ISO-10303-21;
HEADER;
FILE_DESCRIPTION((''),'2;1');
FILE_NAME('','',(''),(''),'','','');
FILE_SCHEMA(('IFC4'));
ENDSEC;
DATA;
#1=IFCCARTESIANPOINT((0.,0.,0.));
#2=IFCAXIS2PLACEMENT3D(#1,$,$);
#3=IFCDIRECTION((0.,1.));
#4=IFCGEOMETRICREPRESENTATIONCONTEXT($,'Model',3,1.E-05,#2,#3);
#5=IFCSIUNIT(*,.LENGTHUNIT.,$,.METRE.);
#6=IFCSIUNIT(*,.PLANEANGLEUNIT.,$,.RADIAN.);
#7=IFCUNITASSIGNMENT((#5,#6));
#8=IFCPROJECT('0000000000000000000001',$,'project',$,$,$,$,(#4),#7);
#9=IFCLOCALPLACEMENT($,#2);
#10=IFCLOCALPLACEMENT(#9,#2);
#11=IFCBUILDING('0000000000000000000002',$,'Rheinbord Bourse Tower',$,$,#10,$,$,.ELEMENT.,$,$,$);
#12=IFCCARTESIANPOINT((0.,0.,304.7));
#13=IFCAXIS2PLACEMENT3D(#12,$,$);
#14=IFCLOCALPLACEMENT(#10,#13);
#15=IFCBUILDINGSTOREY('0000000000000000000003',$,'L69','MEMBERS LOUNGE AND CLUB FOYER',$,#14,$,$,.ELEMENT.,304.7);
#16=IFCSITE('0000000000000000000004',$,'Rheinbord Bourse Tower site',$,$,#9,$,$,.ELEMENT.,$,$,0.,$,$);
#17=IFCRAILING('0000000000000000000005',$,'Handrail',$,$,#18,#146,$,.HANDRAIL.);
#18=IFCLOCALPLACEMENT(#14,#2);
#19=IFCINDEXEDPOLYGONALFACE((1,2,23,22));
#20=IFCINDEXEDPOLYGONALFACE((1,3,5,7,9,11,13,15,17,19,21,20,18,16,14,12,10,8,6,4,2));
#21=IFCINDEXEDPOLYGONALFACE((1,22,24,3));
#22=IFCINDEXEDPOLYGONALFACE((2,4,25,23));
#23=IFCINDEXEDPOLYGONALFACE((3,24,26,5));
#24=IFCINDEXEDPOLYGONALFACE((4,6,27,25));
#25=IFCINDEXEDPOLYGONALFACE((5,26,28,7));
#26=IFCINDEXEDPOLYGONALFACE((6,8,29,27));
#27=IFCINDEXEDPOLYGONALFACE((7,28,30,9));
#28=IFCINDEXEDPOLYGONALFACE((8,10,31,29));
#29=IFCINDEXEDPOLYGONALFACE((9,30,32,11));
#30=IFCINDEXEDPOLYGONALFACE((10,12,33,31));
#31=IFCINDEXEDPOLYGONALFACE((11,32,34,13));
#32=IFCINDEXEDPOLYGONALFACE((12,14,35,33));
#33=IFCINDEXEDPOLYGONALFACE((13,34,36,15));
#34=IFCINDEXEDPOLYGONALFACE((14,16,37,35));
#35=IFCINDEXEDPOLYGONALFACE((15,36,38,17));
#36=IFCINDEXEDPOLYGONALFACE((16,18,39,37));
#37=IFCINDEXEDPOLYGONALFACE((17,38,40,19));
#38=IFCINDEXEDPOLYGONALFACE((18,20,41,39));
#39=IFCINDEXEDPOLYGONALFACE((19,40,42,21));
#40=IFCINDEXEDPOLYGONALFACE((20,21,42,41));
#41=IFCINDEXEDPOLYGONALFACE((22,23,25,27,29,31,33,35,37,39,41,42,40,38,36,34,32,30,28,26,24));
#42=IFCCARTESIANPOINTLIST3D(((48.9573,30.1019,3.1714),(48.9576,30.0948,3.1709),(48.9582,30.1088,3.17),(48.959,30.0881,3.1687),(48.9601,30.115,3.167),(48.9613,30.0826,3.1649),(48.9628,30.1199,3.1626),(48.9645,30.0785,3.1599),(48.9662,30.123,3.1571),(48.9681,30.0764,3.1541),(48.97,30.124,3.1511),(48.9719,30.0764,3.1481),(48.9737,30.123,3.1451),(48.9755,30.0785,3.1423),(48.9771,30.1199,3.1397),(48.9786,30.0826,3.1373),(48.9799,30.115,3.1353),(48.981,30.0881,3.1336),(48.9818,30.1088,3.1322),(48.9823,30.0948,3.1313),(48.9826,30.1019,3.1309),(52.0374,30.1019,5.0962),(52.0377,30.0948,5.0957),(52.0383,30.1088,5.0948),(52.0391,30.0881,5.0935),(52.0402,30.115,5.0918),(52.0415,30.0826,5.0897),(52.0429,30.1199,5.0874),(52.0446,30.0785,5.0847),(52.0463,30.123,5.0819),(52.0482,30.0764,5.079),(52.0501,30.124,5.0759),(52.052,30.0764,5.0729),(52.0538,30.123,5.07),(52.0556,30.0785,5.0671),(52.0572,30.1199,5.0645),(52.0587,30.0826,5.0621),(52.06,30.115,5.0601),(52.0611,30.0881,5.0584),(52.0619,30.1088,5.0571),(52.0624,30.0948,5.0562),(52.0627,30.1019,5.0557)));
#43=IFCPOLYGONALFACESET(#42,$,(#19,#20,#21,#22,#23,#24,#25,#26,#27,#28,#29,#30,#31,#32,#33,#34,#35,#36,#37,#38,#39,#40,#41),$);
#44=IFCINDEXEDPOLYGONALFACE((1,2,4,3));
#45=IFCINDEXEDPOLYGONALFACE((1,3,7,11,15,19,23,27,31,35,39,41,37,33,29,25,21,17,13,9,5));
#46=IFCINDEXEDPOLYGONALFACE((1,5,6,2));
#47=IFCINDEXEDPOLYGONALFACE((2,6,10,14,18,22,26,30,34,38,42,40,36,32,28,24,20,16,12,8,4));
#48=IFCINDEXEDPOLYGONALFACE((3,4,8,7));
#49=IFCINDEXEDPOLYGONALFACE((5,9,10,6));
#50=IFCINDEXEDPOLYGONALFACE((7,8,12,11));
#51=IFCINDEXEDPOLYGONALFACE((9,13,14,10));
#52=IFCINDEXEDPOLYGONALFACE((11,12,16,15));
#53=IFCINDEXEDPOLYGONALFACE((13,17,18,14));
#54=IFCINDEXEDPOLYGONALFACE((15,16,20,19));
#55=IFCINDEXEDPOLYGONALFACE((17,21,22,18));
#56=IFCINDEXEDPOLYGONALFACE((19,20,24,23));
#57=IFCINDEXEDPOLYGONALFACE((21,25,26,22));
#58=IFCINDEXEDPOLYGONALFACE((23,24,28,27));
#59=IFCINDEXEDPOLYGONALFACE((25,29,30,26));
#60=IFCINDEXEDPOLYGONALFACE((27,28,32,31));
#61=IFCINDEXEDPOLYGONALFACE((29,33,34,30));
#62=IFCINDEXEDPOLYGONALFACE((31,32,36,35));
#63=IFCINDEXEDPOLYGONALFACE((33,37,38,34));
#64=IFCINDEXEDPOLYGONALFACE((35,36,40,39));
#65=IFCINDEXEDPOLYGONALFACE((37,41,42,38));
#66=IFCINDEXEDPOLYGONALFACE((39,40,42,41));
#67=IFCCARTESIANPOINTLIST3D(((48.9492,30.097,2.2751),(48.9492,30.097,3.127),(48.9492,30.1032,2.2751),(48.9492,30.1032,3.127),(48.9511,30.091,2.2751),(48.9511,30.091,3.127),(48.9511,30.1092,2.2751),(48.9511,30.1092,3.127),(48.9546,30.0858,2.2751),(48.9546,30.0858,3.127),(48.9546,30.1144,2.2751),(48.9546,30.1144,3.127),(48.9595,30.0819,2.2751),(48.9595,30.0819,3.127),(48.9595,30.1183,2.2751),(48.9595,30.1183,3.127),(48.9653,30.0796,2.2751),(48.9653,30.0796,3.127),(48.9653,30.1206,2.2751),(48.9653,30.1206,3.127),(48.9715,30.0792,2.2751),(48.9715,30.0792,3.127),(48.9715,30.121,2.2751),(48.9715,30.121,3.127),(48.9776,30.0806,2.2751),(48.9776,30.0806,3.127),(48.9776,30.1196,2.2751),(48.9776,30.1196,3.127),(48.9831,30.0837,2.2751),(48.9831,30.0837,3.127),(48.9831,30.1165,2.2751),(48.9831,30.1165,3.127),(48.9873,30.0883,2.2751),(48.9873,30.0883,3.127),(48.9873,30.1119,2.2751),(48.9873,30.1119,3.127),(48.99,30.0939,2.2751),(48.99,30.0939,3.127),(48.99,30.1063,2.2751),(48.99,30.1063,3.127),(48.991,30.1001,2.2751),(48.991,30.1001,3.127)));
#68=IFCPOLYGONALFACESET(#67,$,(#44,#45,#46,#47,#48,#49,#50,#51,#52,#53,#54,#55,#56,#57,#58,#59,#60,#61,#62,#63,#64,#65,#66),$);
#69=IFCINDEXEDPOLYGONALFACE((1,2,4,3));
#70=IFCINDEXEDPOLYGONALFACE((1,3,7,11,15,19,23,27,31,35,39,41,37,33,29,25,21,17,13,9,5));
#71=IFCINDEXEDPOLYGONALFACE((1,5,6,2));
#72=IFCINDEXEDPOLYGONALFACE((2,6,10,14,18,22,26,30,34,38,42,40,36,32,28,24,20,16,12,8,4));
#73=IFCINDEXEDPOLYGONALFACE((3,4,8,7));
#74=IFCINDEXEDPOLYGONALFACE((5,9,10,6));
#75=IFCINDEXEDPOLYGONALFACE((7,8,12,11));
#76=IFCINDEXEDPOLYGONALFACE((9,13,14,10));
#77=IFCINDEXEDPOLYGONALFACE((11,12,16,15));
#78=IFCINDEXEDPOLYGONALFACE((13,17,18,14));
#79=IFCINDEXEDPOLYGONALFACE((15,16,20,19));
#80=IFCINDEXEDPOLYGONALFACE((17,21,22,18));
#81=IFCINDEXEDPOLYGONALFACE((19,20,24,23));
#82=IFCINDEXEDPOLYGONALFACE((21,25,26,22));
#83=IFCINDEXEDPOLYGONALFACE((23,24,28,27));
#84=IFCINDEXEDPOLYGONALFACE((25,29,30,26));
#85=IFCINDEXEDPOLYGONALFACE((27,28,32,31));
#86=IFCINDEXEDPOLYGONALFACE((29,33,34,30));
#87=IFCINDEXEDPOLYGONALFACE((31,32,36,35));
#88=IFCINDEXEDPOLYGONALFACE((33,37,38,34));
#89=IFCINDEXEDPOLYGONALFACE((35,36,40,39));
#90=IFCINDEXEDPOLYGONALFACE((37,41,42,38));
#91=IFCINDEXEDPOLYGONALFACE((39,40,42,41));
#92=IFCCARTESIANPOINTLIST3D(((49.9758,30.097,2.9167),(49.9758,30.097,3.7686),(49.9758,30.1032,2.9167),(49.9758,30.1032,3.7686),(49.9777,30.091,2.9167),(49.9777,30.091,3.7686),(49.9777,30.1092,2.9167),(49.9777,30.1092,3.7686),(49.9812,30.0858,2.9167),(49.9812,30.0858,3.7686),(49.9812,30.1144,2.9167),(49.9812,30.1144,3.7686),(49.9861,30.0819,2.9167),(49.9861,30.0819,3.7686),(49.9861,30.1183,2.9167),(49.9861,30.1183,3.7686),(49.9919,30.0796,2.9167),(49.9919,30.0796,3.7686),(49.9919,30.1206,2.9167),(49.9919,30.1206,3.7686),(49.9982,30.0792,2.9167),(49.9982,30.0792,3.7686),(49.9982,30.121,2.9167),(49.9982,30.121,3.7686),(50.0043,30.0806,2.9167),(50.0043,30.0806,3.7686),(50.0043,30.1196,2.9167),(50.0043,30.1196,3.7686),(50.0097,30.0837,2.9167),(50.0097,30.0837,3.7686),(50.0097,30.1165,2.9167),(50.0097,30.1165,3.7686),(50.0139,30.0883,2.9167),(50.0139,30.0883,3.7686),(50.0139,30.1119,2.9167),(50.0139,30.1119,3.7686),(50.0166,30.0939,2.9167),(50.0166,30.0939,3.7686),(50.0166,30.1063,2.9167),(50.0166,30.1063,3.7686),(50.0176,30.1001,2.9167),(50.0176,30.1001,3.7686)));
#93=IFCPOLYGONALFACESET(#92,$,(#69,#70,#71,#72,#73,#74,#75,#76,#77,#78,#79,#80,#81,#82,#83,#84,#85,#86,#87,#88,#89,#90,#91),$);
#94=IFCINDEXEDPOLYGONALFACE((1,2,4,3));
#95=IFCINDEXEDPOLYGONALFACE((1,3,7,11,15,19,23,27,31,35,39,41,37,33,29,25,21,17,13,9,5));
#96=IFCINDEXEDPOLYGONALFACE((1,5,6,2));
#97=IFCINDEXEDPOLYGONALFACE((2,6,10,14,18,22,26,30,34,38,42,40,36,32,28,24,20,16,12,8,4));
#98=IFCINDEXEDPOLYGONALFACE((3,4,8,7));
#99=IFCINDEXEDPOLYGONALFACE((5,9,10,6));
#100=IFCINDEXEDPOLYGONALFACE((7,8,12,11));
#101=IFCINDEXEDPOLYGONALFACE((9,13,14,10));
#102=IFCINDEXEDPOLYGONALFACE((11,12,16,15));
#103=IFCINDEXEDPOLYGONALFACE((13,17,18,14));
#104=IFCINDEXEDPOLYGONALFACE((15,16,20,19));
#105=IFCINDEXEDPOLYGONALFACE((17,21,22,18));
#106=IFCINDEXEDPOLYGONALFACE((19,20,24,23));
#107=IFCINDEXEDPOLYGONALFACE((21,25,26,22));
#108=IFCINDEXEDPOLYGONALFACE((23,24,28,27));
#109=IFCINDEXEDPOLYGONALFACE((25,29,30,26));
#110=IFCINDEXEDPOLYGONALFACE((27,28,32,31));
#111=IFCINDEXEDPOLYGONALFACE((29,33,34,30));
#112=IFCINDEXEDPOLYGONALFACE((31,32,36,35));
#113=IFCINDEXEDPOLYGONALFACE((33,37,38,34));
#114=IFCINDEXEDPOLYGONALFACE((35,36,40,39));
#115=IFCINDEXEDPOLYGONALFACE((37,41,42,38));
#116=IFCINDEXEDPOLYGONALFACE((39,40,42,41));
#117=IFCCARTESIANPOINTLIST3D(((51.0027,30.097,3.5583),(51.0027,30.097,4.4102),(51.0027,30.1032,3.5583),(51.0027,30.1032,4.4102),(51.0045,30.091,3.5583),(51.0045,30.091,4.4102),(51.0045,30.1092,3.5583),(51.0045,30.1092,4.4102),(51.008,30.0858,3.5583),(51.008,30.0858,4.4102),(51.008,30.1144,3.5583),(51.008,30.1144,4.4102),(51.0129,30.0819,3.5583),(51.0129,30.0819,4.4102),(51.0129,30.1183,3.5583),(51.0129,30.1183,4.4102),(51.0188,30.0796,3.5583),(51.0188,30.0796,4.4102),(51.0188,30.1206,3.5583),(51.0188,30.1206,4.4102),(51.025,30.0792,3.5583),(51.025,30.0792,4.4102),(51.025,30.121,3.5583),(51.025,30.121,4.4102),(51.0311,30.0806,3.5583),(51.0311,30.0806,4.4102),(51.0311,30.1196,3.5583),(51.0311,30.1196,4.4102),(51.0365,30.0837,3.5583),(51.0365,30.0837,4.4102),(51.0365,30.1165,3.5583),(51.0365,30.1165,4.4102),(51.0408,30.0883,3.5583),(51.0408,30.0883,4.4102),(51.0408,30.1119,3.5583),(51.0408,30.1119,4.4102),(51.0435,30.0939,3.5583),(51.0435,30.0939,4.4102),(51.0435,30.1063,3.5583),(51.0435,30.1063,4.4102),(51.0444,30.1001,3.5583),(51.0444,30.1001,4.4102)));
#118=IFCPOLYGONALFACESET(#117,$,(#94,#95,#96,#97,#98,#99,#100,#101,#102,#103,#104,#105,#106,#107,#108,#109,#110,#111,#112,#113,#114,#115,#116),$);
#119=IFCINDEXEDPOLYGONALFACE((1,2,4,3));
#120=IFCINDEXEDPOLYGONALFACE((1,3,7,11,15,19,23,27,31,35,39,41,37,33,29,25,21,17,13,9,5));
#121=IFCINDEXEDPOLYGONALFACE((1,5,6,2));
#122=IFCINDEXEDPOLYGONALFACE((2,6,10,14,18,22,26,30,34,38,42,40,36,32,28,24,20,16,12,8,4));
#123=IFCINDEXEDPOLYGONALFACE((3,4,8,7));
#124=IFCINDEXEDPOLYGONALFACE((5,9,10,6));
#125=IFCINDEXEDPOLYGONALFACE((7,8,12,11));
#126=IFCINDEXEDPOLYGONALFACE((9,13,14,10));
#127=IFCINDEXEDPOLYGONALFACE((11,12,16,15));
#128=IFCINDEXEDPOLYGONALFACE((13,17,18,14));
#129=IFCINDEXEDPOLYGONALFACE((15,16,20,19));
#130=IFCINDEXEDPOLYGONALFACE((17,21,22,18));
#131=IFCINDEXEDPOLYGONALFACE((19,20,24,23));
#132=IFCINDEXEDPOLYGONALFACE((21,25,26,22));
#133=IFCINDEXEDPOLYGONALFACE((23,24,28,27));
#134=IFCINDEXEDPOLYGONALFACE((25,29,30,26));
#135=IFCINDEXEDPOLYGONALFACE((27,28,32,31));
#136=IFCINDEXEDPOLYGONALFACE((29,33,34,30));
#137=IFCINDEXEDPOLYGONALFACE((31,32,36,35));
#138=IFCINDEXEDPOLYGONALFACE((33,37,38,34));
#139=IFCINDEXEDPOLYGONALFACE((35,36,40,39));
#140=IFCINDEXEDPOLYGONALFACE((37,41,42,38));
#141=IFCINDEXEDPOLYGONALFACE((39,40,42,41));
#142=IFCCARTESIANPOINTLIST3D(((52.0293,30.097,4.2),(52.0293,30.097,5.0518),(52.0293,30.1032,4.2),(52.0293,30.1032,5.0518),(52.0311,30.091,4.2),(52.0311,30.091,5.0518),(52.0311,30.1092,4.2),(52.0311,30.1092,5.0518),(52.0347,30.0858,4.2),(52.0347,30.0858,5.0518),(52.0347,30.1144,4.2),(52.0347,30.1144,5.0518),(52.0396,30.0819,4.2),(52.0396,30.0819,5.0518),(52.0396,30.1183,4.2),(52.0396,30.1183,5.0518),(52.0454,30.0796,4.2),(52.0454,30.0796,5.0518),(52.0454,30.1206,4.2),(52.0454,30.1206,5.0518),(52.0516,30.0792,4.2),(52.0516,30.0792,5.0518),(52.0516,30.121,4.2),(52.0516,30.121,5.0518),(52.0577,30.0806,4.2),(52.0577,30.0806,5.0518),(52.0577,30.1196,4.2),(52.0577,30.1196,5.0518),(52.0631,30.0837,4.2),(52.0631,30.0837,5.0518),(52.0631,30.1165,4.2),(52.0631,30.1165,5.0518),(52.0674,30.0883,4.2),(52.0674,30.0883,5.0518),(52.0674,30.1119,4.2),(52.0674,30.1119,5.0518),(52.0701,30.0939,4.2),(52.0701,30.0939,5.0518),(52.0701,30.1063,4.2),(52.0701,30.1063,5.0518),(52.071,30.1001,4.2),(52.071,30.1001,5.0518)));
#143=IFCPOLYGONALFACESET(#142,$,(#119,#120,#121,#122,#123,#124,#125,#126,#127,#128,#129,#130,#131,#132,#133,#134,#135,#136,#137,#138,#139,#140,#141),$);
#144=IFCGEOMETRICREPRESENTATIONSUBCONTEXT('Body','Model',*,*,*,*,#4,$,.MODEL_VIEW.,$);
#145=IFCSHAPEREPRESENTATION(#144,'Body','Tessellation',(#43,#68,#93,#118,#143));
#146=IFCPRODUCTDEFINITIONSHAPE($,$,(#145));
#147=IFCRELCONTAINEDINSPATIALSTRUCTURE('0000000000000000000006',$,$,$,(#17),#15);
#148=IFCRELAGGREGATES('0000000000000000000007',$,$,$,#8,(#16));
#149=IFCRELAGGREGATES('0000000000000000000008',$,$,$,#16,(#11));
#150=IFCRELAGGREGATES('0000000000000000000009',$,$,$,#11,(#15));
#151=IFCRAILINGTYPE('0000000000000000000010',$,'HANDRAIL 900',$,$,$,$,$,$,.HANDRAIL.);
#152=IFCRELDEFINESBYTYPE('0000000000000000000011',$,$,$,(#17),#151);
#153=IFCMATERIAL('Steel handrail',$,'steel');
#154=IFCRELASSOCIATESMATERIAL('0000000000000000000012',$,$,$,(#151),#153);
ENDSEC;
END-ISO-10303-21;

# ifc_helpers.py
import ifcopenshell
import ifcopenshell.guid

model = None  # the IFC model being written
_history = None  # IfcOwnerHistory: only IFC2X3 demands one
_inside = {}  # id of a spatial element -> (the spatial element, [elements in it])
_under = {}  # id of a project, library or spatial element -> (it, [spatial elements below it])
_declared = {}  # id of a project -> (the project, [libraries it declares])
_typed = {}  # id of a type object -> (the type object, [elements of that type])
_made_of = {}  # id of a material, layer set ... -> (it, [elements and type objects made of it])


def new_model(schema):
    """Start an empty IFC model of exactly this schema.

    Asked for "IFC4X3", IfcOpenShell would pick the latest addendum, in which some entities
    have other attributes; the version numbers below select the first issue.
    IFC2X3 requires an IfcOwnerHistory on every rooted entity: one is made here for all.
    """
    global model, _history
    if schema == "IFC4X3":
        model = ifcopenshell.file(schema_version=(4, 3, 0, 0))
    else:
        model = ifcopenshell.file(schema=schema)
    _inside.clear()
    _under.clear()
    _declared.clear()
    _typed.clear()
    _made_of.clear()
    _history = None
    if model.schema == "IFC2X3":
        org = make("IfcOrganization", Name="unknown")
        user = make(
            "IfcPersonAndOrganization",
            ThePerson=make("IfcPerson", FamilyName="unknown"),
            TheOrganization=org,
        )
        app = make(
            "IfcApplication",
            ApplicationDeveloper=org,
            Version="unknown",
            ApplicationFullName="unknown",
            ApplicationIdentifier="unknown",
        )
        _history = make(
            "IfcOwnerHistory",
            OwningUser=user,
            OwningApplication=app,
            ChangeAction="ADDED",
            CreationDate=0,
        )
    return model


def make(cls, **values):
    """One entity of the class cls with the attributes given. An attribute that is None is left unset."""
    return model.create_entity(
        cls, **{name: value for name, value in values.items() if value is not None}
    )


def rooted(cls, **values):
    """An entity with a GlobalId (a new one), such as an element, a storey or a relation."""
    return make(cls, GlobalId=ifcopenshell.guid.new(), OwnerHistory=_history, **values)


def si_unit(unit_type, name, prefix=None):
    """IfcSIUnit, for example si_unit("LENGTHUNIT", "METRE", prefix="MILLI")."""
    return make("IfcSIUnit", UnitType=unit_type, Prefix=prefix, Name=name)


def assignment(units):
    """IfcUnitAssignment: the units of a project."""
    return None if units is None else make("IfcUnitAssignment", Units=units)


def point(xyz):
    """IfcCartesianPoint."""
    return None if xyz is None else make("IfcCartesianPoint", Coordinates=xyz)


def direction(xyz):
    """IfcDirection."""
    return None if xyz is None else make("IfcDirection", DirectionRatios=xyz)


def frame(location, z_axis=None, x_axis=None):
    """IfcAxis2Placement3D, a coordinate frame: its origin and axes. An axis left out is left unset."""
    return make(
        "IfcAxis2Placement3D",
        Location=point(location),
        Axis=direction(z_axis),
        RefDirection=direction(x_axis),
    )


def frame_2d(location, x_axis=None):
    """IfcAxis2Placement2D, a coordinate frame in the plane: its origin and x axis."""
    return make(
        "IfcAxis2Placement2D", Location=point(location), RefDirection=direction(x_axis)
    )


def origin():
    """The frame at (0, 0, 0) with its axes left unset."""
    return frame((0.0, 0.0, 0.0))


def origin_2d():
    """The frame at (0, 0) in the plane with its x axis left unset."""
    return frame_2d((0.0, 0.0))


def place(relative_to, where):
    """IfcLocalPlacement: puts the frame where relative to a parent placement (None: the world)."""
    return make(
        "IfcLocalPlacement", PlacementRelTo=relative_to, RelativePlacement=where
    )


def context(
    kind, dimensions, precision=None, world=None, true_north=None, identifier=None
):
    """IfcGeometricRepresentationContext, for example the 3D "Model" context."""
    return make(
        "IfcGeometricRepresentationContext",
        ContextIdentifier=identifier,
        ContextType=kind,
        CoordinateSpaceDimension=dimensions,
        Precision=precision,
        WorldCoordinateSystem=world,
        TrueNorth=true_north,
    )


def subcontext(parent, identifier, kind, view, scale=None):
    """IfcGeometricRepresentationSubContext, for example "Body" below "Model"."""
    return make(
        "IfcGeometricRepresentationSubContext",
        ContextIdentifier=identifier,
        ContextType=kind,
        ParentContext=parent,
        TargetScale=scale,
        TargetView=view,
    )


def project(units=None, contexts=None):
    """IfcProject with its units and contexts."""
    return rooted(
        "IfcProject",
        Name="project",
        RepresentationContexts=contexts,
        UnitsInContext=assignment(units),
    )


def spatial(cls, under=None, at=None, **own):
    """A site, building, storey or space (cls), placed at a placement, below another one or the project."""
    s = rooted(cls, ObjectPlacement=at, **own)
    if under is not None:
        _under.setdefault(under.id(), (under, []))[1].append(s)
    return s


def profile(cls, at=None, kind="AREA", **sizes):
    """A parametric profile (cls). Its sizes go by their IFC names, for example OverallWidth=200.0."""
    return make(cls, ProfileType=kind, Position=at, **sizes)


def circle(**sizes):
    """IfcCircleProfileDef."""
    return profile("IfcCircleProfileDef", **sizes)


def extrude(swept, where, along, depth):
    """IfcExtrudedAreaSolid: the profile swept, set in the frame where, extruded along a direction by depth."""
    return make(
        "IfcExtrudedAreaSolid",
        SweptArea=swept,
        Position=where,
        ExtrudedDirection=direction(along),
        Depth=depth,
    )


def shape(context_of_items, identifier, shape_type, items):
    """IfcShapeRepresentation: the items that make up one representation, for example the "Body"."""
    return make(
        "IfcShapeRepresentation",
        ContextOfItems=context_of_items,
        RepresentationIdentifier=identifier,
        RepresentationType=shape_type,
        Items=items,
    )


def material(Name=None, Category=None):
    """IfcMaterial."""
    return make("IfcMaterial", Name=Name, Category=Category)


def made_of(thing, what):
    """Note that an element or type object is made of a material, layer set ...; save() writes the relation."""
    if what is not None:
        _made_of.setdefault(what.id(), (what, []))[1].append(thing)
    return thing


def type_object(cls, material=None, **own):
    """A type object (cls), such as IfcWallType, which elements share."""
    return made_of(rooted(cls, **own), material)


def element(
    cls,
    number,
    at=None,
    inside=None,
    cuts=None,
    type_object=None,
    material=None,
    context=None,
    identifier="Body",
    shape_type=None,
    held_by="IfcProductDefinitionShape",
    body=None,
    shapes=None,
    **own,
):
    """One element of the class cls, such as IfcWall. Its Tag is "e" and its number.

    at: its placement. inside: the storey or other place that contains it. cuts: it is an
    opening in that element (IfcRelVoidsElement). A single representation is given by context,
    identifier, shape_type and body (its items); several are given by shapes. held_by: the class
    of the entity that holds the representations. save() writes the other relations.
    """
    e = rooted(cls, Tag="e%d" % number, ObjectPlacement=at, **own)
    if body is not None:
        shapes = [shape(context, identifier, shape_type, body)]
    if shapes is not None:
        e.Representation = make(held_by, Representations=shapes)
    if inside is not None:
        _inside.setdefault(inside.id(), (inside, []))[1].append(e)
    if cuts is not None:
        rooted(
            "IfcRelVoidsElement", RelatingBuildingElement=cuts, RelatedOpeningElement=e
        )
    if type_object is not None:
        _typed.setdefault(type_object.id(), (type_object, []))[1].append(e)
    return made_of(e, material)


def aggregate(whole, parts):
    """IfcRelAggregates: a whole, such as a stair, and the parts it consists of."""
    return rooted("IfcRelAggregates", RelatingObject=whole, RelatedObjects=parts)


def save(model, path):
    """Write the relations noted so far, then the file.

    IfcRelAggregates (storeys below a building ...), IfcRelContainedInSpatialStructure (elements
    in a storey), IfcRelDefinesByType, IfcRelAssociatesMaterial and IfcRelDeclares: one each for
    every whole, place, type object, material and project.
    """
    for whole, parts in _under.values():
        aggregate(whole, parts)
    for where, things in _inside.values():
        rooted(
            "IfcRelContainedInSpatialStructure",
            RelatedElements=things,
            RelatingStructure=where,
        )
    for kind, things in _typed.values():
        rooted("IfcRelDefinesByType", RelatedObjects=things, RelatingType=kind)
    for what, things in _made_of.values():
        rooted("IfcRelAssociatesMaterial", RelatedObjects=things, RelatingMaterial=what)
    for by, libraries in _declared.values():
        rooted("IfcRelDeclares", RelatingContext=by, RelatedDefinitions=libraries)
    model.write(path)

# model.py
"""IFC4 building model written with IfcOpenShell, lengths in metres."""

from ifc_helpers import new_model, si_unit, direction, frame, origin, origin_2d, place, context, subcontext, project, spatial, circle, extrude, material, type_object, element, save


model = new_model("IFC4")

# Units and contexts
model_context = context("Model", 3, precision=1e-05, world=origin(), true_north=direction((0.0, 1.0)))
body_context = subcontext(model_context, "Body", "Model", "MODEL_VIEW")
ifc_project = project(units=[si_unit("LENGTHUNIT", "METRE"), si_unit("PLANEANGLEUNIT", "RADIAN")], contexts=[model_context])

# Site, building, storey
site_placement = place(None, origin())
site = spatial("IfcSite", under=ifc_project, at=site_placement, Name="Rheinbord Bourse Tower site", CompositionType="ELEMENT", RefElevation=0.0)
building_placement = place(site_placement, origin())
building = spatial("IfcBuilding", under=site, at=building_placement, Name="Rheinbord Bourse Tower", CompositionType="ELEMENT")
storey_placement = place(building_placement, frame((0.0, 0.0, 304.7)))
storey = spatial("IfcBuildingStorey", under=building, at=storey_placement, Name="L69", Description="MEMBERS LOUNGE AND CLUB FOYER", CompositionType="ELEMENT", Elevation=304.7)

# Railing
ifc_material_1 = material(Name="Steel handrail", Category="steel")
railing_type = type_object("IfcRailingType", Name="HANDRAIL 900", PredefinedType="HANDRAIL", material=ifc_material_1)
railing_1_placement = place(storey_placement, frame((48.97, 30.1001, 2.2751)))
element("IfcRailing", 1, at=railing_1_placement, inside=storey, type_object=railing_type, Name="Handrail", PredefinedType="HANDRAIL", context=body_context, shape_type="SweptSolid", body=[
    extrude(circle(Radius=0.0239, at=origin_2d()), frame((0.0, 0.0, 0.876), z_axis=(0.848029, 0.0, 0.529951), x_axis=(0.0, 1.0, 0.0)), (0.0, 0.0, 1.0), 3.6321),
    extrude(circle(Radius=0.021, at=origin_2d()), origin(), (0.0, 0.0, 1.0), 0.8518),
    extrude(circle(Radius=0.021, at=origin_2d()), frame((1.0266, 0.0, 0.6416)), (0.0, 0.0, 1.0), 0.8518),
    extrude(circle(Radius=0.021, at=origin_2d()), frame((2.0535, 0.0, 1.2832)), (0.0, 0.0, 1.0), 0.8518),
    extrude(circle(Radius=0.021, at=origin_2d()), frame((3.0801, 0.0, 1.9248)), (0.0, 0.0, 1.0), 0.8518),
])

save(model, "model.ifc")
